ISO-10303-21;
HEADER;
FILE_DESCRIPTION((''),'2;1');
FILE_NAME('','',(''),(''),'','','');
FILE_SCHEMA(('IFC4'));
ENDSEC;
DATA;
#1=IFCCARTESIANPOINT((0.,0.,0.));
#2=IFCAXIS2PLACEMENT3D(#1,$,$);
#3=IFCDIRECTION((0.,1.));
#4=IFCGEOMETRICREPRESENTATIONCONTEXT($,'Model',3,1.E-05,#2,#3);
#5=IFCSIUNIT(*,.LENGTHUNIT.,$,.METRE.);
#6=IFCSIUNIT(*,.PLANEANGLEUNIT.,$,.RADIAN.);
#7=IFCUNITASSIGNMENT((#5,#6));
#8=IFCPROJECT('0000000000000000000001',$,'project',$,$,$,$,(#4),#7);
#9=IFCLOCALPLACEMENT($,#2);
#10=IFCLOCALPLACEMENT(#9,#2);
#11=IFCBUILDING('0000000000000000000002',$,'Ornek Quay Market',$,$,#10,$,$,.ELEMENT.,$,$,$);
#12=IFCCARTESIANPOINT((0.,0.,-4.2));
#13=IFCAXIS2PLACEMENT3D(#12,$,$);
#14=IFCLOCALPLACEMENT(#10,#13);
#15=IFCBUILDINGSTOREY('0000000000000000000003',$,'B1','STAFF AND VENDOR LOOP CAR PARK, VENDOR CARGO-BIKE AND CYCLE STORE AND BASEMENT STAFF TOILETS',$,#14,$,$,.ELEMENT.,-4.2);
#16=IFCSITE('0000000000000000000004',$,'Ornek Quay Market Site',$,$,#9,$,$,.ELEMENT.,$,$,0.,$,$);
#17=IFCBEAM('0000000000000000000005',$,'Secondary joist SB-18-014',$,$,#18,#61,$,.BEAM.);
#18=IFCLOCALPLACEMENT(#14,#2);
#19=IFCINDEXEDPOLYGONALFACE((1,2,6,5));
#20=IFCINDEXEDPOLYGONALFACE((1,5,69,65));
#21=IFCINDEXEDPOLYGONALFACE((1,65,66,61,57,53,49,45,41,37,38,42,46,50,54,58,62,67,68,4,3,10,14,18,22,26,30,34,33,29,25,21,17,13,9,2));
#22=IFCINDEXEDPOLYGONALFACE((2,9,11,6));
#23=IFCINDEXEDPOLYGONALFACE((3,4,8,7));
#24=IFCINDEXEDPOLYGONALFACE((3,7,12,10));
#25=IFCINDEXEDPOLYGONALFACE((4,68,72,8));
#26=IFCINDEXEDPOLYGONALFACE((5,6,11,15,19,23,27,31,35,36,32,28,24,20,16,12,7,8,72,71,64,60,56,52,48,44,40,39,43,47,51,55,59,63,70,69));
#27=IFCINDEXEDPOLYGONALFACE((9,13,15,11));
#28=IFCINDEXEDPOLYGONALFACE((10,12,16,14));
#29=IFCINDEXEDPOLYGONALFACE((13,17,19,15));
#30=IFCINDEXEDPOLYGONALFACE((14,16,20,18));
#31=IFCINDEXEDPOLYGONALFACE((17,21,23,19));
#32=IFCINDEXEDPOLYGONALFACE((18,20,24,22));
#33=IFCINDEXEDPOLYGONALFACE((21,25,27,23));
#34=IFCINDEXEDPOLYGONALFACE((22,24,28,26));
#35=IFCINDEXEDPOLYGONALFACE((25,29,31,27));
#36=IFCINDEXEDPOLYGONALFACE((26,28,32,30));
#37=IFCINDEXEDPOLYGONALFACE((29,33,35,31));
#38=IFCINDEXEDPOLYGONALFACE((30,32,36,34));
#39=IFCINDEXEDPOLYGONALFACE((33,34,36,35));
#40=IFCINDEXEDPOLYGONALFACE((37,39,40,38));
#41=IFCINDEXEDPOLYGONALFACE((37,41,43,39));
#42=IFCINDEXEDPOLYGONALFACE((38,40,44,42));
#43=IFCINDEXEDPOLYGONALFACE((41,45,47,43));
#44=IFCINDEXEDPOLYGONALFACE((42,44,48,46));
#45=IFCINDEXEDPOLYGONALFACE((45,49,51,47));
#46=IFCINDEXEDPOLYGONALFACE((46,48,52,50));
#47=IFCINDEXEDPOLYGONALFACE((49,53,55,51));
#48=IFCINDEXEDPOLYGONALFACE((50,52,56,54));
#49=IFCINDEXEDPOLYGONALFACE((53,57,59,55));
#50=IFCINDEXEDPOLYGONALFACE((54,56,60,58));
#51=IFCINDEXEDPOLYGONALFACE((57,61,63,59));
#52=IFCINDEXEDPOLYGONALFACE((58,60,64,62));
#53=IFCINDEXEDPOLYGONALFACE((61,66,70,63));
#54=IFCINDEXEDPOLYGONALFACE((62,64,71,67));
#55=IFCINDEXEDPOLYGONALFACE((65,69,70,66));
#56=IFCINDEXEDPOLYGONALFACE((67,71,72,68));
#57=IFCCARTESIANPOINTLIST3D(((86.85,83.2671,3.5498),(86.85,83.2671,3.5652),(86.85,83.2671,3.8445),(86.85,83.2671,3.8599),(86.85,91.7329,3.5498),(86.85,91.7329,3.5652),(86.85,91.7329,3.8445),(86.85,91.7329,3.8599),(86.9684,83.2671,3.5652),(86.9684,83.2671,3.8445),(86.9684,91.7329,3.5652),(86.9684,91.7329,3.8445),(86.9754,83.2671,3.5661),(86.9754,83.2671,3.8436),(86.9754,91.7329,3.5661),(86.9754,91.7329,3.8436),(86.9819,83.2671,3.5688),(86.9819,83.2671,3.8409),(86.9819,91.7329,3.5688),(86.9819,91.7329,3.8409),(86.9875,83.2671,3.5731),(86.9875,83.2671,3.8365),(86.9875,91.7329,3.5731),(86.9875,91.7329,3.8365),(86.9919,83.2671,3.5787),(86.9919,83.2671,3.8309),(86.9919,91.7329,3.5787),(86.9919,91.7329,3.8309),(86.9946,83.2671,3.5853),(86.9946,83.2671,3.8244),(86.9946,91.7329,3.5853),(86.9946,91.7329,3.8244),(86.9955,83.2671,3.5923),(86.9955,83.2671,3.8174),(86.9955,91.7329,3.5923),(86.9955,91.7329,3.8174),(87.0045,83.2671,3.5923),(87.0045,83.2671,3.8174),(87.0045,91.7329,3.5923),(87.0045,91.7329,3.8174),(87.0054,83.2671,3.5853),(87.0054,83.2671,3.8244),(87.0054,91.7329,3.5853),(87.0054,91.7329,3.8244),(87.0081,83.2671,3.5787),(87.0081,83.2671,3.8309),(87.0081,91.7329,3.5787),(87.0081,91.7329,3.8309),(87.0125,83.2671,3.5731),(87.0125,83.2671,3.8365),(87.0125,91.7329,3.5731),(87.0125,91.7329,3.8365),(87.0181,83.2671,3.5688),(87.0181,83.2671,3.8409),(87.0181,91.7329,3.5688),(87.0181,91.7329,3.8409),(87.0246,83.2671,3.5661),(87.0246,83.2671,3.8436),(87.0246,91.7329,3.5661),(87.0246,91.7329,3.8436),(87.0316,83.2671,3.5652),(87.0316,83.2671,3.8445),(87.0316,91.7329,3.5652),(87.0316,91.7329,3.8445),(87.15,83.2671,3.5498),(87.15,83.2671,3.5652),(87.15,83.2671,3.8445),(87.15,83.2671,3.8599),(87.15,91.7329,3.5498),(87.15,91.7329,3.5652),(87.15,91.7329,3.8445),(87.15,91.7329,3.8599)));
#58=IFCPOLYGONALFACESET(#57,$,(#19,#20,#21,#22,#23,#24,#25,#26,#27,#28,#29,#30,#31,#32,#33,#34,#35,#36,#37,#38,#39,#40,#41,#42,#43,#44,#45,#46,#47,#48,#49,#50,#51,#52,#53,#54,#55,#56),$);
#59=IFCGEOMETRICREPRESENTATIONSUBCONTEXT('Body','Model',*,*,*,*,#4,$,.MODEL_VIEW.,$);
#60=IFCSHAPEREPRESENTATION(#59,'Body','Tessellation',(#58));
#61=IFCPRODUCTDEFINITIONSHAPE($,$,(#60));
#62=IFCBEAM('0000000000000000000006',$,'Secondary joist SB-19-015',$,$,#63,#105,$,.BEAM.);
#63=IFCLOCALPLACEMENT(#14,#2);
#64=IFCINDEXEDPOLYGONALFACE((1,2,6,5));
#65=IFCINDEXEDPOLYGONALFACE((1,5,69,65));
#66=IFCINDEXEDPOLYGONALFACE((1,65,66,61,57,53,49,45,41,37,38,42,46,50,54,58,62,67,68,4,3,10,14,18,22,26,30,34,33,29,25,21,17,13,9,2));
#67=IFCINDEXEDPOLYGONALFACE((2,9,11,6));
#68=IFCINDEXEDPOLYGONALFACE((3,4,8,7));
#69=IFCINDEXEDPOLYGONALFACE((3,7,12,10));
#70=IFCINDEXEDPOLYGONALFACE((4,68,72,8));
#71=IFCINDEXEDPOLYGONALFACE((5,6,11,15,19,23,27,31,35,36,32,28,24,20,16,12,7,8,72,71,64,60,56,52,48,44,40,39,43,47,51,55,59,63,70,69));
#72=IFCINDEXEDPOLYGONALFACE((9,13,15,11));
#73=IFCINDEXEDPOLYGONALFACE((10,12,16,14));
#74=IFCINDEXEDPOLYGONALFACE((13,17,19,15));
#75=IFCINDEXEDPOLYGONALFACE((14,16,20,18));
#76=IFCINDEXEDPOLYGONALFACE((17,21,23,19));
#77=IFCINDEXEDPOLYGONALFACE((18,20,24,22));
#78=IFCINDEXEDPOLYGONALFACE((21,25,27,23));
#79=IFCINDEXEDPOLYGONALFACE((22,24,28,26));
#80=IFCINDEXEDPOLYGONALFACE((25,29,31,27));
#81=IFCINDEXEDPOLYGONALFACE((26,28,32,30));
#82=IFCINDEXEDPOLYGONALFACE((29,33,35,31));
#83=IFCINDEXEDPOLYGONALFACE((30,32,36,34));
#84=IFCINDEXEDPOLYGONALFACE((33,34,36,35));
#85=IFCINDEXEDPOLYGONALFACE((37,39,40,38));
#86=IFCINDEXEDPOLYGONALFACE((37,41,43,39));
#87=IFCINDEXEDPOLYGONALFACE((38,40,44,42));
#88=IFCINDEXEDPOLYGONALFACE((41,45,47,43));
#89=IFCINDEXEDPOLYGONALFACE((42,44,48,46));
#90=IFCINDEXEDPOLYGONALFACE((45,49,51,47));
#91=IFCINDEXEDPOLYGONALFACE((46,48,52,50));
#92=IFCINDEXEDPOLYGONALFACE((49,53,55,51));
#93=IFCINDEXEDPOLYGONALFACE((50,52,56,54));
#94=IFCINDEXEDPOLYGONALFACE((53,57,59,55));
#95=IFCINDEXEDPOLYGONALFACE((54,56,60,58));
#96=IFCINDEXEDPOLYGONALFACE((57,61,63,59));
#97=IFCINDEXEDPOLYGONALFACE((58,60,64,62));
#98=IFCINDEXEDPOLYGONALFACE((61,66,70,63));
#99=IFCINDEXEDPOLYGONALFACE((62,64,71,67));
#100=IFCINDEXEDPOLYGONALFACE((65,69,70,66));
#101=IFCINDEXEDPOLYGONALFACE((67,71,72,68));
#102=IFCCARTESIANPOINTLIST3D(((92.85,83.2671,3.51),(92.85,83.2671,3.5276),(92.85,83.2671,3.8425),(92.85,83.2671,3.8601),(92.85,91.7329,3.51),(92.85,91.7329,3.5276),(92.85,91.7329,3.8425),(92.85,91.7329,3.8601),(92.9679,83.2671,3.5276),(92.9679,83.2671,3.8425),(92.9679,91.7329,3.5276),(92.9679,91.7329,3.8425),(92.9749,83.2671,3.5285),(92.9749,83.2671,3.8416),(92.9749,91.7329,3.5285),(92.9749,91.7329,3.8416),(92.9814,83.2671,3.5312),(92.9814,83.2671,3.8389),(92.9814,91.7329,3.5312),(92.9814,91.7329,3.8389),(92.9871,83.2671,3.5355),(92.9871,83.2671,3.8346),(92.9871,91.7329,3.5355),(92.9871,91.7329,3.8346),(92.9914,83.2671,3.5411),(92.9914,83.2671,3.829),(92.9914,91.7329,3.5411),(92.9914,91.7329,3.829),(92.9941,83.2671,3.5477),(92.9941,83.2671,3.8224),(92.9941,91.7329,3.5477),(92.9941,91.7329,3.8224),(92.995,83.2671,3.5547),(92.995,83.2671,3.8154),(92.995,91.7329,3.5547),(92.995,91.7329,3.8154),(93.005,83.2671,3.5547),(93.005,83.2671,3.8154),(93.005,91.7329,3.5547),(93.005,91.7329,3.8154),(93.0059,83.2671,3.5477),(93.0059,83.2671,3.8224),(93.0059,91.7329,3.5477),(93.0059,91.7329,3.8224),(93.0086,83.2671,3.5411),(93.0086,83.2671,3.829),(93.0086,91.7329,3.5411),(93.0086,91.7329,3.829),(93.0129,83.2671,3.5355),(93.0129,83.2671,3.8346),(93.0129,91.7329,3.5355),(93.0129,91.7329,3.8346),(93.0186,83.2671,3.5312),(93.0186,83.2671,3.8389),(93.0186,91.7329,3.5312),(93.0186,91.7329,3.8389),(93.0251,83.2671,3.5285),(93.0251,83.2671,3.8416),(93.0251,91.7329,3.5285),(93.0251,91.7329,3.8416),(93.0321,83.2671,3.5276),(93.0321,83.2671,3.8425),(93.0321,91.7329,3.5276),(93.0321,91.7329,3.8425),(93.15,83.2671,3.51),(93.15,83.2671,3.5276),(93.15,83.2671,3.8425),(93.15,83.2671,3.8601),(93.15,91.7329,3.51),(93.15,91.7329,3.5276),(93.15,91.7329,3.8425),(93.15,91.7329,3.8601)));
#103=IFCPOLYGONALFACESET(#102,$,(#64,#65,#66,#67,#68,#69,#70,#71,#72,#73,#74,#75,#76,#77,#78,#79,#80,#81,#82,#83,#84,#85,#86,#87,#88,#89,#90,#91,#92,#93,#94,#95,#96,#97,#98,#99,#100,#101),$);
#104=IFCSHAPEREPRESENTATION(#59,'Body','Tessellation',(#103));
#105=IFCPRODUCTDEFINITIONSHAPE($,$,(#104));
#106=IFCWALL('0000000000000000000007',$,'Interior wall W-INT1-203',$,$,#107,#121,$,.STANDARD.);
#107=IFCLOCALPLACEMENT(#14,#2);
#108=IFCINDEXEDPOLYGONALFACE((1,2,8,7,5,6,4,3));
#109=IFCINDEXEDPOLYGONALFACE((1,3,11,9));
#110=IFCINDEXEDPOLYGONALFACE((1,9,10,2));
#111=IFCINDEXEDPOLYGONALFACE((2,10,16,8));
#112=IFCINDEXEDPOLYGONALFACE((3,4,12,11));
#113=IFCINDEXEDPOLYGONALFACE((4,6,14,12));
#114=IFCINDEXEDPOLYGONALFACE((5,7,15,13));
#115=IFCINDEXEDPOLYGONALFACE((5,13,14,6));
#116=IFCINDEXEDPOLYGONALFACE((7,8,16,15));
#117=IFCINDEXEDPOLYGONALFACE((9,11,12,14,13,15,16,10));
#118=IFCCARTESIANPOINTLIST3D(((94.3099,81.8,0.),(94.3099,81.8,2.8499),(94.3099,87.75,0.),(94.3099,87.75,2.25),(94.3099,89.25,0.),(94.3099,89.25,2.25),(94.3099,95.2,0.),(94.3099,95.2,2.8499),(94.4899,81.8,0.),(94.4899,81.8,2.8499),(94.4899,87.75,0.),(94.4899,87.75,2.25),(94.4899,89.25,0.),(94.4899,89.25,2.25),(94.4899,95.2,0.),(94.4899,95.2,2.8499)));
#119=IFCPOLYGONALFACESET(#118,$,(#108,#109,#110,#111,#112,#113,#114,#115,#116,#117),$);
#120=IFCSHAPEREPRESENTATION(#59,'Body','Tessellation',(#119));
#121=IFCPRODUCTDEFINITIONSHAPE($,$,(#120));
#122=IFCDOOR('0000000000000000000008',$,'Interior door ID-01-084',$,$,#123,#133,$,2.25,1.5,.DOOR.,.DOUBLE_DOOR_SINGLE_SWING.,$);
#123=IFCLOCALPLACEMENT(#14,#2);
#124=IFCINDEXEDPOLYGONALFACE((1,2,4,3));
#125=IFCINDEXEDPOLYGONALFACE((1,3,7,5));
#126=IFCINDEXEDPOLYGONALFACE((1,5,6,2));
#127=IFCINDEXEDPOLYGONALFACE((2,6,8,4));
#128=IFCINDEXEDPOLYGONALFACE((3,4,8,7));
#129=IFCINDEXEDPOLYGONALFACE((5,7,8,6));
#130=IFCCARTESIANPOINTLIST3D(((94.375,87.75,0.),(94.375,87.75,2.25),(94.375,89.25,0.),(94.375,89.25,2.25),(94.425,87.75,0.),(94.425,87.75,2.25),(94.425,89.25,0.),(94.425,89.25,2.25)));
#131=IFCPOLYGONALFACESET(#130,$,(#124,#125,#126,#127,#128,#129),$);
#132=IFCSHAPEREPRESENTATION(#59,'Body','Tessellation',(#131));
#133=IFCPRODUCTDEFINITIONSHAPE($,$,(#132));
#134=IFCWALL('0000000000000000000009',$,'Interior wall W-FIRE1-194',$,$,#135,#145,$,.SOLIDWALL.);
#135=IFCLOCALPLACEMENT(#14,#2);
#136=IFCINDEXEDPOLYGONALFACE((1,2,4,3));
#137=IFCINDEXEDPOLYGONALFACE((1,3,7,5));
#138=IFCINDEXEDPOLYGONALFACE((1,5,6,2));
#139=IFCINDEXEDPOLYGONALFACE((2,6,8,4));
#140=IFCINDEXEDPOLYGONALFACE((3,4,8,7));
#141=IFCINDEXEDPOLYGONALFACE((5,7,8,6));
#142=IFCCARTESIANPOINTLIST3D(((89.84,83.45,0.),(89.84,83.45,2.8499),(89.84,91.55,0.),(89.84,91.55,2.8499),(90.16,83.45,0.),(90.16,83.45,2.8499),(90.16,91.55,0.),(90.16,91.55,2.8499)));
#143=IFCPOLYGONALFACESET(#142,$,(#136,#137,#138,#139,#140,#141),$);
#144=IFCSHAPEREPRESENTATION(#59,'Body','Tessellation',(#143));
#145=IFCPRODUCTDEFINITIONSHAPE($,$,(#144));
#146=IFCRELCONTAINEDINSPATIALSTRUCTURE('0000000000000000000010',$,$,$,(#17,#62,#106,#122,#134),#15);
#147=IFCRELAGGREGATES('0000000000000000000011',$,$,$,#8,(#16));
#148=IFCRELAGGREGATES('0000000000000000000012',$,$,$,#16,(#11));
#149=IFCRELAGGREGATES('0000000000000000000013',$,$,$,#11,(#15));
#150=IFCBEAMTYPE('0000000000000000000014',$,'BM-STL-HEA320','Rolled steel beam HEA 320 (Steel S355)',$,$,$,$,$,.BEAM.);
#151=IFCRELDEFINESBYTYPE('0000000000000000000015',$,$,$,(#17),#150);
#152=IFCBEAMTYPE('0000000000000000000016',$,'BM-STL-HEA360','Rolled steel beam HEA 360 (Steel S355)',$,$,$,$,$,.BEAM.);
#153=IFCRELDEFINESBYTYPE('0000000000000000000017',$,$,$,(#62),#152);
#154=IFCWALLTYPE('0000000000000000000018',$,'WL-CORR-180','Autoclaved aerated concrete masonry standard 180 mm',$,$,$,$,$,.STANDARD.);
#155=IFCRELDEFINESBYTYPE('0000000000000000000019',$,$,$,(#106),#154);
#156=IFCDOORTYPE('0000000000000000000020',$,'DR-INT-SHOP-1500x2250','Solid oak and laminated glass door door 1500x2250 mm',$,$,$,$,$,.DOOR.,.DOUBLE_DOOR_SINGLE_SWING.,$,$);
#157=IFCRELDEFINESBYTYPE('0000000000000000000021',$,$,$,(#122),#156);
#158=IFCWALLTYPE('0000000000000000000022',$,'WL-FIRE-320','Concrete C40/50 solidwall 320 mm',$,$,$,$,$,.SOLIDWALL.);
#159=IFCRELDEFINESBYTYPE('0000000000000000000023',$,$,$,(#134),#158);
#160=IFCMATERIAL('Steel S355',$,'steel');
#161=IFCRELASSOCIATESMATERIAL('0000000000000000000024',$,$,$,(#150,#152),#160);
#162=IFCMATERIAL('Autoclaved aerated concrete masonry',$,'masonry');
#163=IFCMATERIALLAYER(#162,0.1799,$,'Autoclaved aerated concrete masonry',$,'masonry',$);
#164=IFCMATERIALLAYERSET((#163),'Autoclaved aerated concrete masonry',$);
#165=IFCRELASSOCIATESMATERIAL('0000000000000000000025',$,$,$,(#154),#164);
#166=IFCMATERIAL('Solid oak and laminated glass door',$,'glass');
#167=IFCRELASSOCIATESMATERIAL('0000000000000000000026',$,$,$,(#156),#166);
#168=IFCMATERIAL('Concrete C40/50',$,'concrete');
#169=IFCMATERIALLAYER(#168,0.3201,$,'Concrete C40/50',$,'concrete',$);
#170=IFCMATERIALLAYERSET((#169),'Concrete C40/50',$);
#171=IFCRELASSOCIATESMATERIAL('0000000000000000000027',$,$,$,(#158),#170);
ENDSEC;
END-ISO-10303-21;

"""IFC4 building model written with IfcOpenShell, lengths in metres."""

from ifc_helpers import new_model, si_unit, direction, frame, frame_2d, origin, origin_2d, place, context, subcontext, project, spatial, rectangle, i_section, extrude, material, layer, layer_set, material_profile, profile_set, type_object, element, fill, save


model = new_model("IFC4")

# Units and contexts
model_context = context("Model", 3, precision=1e-05, world=origin(), true_north=direction((0.0, 1.0)))
body_context = subcontext(model_context, "Body", "Model", "MODEL_VIEW")
ifc_project = project(units=[si_unit("LENGTHUNIT", "METRE"), si_unit("PLANEANGLEUNIT", "RADIAN")], contexts=[model_context])

# Site, building, storey
site_placement = place(None, origin())
site = spatial("IfcSite", under=ifc_project, at=site_placement, Name="Ornek Quay Market Site", CompositionType="ELEMENT", RefElevation=0.0)
building_placement = place(site_placement, origin())
building = spatial("IfcBuilding", under=site, at=building_placement, Name="Ornek Quay Market", CompositionType="ELEMENT")
storey_placement = place(building_placement, frame((0.0, 0.0, -4.2)))
storey = spatial("IfcBuildingStorey", under=building, at=storey_placement, Name="B1", Description="STAFF AND VENDOR LOOP CAR PARK, VENDOR CARGO-BIKE AND CYCLE STORE AND BASEMENT STAFF TOILETS", CompositionType="ELEMENT", Elevation=-4.2)

# Shared definitions
ifc_material_1 = material(Name="Concrete C40/50", Category="concrete")

# Beams
ifc_material_2 = material(Name="Steel S355", Category="steel")
ifc_material_profile_1 = material_profile(ifc_material_2, i_section(OverallWidth=0.3, OverallDepth=0.3101, WebThickness=0.009, FlangeThickness=0.0154, FilletRadius=0.0271, at=origin_2d()), Name="HEA 320", Category="steel")
ifc_profile_set_1 = profile_set([ifc_material_profile_1], Name="Steel S355")
beam_type_1 = type_object("IfcBeamType", Name="BM-STL-HEA320", Description="Rolled steel beam HEA 320 (Steel S355)", PredefinedType="BEAM", material=ifc_profile_set_1)
for number, where, z_axis, x_axis, name in (
    (1, (87.0, 83.2671, 3.7048), (0.0, 1.0, 0.0), (-1.0, 0.0, 0.0), "Secondary joist SB-18-014"),
):
    element("IfcBeam", number, at=place(storey_placement, frame(where, z_axis=z_axis, x_axis=x_axis)), inside=storey, type_object=beam_type_1, Name=name, PredefinedType="BEAM", context=body_context, shape_type="SweptSolid", body=[
        extrude(i_section(OverallWidth=0.3, OverallDepth=0.3101, WebThickness=0.009, FlangeThickness=0.0154, FilletRadius=0.0271, at=origin_2d()), origin(), (0.0, 0.0, 1.0), 8.4658),
    ])
ifc_material_profile_2 = material_profile(ifc_material_2, i_section(OverallWidth=0.3, OverallDepth=0.3501, WebThickness=0.01, FlangeThickness=0.0176, FilletRadius=0.0271, at=origin_2d()), Name="HEA 360", Category="steel")
ifc_profile_set_2 = profile_set([ifc_material_profile_2], Name="Steel S355")
beam_type_2 = type_object("IfcBeamType", Name="BM-STL-HEA360", Description="Rolled steel beam HEA 360 (Steel S355)", PredefinedType="BEAM", material=ifc_profile_set_2)
beam_1_placement = place(storey_placement, frame((93.0, 83.2671, 3.6851), z_axis=(0.0, 1.0, 0.0), x_axis=(-1.0, 0.0, 0.0)))
element("IfcBeam", 2, at=beam_1_placement, inside=storey, type_object=beam_type_2, Name="Secondary joist SB-19-015", PredefinedType="BEAM", context=body_context, shape_type="SweptSolid", body=[
    extrude(i_section(OverallWidth=0.3, OverallDepth=0.3501, WebThickness=0.01, FlangeThickness=0.0176, FilletRadius=0.0271, at=origin_2d()), origin(), (0.0, 0.0, 1.0), 8.4658),
])

# Wall, opening, door
ifc_material_3 = material(Name="Autoclaved aerated concrete masonry", Category="masonry")
ifc_layer_1 = layer(ifc_material_3, 0.1799, Name="Autoclaved aerated concrete masonry", Category="masonry")
ifc_layer_set_1 = layer_set([ifc_layer_1], Name="Autoclaved aerated concrete masonry")
wall_type_1 = type_object("IfcWallType", Name="WL-CORR-180", Description="Autoclaved aerated concrete masonry standard 180 mm", PredefinedType="STANDARD", material=ifc_layer_set_1)
wall_1_placement = place(storey_placement, frame((94.3999, 81.8, 0.0), z_axis=(0.0, 0.0, 1.0), x_axis=(0.0, 1.0, 0.0)))
wall_1 = element("IfcWall", 3, at=wall_1_placement, inside=storey, type_object=wall_type_1, Name="Interior wall W-INT1-203", PredefinedType="STANDARD", context=body_context, shape_type="SweptSolid", body=[
    extrude(rectangle(XDim=13.3999, YDim=0.1799, at=frame_2d((6.7, 0.0))), origin(), (0.0, 0.0, 1.0), 2.8499),
])
opening_placement = place(wall_1_placement, frame((5.95, 0.0, 0.0)))
opening = element("IfcOpeningElement", 4, at=opening_placement, cuts=wall_1, PredefinedType="OPENING", context=body_context, shape_type="SweptSolid", body=[
    extrude(rectangle(XDim=1.5, YDim=2.25, at=frame_2d((0.75, 1.125))), frame((0.0, 0.0999, 0.0), z_axis=(0.0, -1.0, 0.0), x_axis=(1.0, 0.0, 0.0)), (0.0, 0.0, 1.0), 0.2),
])
ifc_material_4 = material(Name="Solid oak and laminated glass door", Category="glass")
door_type = type_object("IfcDoorType", Name="DR-INT-SHOP-1500x2250", Description="Solid oak and laminated glass door door 1500x2250 mm", OperationType="DOUBLE_DOOR_SINGLE_SWING", PredefinedType="DOOR", material=ifc_material_4)
door_placement = place(opening_placement, origin())
door = element("IfcDoor", 5, at=door_placement, inside=storey, type_object=door_type, Name="Interior door ID-01-084", OperationType="DOUBLE_DOOR_SINGLE_SWING", OverallHeight=2.25, OverallWidth=1.5, PredefinedType="DOOR", context=body_context, shape_type="SweptSolid", body=[
    extrude(rectangle(XDim=1.5, YDim=2.25, at=frame_2d((0.75, 1.125))), frame((0.0, 0.0249, 0.0), z_axis=(0.0, -1.0, 0.0), x_axis=(1.0, 0.0, 0.0)), (0.0, 0.0, 1.0), 0.05),
])
fill(opening, door)

# Wall
ifc_layer_2 = layer(ifc_material_1, 0.3201, Name="Concrete C40/50", Category="concrete")
ifc_layer_set_2 = layer_set([ifc_layer_2], Name="Concrete C40/50")
wall_type_2 = type_object("IfcWallType", Name="WL-FIRE-320", Description="Concrete C40/50 solidwall 320 mm", PredefinedType="SOLIDWALL", material=ifc_layer_set_2)
wall_2_placement = place(storey_placement, frame((90.0, 83.45, 0.0), z_axis=(0.0, 0.0, 1.0), x_axis=(0.0, 1.0, 0.0)))
element("IfcWall", 6, at=wall_2_placement, inside=storey, type_object=wall_type_2, Name="Interior wall W-FIRE1-194", PredefinedType="SOLIDWALL", context=body_context, shape_type="SweptSolid", body=[
    extrude(rectangle(XDim=8.1001, YDim=0.3201, at=frame_2d((4.05, 0.0))), origin(), (0.0, 0.0, 1.0), 2.8499),
])

save(model, "model.ifc")
